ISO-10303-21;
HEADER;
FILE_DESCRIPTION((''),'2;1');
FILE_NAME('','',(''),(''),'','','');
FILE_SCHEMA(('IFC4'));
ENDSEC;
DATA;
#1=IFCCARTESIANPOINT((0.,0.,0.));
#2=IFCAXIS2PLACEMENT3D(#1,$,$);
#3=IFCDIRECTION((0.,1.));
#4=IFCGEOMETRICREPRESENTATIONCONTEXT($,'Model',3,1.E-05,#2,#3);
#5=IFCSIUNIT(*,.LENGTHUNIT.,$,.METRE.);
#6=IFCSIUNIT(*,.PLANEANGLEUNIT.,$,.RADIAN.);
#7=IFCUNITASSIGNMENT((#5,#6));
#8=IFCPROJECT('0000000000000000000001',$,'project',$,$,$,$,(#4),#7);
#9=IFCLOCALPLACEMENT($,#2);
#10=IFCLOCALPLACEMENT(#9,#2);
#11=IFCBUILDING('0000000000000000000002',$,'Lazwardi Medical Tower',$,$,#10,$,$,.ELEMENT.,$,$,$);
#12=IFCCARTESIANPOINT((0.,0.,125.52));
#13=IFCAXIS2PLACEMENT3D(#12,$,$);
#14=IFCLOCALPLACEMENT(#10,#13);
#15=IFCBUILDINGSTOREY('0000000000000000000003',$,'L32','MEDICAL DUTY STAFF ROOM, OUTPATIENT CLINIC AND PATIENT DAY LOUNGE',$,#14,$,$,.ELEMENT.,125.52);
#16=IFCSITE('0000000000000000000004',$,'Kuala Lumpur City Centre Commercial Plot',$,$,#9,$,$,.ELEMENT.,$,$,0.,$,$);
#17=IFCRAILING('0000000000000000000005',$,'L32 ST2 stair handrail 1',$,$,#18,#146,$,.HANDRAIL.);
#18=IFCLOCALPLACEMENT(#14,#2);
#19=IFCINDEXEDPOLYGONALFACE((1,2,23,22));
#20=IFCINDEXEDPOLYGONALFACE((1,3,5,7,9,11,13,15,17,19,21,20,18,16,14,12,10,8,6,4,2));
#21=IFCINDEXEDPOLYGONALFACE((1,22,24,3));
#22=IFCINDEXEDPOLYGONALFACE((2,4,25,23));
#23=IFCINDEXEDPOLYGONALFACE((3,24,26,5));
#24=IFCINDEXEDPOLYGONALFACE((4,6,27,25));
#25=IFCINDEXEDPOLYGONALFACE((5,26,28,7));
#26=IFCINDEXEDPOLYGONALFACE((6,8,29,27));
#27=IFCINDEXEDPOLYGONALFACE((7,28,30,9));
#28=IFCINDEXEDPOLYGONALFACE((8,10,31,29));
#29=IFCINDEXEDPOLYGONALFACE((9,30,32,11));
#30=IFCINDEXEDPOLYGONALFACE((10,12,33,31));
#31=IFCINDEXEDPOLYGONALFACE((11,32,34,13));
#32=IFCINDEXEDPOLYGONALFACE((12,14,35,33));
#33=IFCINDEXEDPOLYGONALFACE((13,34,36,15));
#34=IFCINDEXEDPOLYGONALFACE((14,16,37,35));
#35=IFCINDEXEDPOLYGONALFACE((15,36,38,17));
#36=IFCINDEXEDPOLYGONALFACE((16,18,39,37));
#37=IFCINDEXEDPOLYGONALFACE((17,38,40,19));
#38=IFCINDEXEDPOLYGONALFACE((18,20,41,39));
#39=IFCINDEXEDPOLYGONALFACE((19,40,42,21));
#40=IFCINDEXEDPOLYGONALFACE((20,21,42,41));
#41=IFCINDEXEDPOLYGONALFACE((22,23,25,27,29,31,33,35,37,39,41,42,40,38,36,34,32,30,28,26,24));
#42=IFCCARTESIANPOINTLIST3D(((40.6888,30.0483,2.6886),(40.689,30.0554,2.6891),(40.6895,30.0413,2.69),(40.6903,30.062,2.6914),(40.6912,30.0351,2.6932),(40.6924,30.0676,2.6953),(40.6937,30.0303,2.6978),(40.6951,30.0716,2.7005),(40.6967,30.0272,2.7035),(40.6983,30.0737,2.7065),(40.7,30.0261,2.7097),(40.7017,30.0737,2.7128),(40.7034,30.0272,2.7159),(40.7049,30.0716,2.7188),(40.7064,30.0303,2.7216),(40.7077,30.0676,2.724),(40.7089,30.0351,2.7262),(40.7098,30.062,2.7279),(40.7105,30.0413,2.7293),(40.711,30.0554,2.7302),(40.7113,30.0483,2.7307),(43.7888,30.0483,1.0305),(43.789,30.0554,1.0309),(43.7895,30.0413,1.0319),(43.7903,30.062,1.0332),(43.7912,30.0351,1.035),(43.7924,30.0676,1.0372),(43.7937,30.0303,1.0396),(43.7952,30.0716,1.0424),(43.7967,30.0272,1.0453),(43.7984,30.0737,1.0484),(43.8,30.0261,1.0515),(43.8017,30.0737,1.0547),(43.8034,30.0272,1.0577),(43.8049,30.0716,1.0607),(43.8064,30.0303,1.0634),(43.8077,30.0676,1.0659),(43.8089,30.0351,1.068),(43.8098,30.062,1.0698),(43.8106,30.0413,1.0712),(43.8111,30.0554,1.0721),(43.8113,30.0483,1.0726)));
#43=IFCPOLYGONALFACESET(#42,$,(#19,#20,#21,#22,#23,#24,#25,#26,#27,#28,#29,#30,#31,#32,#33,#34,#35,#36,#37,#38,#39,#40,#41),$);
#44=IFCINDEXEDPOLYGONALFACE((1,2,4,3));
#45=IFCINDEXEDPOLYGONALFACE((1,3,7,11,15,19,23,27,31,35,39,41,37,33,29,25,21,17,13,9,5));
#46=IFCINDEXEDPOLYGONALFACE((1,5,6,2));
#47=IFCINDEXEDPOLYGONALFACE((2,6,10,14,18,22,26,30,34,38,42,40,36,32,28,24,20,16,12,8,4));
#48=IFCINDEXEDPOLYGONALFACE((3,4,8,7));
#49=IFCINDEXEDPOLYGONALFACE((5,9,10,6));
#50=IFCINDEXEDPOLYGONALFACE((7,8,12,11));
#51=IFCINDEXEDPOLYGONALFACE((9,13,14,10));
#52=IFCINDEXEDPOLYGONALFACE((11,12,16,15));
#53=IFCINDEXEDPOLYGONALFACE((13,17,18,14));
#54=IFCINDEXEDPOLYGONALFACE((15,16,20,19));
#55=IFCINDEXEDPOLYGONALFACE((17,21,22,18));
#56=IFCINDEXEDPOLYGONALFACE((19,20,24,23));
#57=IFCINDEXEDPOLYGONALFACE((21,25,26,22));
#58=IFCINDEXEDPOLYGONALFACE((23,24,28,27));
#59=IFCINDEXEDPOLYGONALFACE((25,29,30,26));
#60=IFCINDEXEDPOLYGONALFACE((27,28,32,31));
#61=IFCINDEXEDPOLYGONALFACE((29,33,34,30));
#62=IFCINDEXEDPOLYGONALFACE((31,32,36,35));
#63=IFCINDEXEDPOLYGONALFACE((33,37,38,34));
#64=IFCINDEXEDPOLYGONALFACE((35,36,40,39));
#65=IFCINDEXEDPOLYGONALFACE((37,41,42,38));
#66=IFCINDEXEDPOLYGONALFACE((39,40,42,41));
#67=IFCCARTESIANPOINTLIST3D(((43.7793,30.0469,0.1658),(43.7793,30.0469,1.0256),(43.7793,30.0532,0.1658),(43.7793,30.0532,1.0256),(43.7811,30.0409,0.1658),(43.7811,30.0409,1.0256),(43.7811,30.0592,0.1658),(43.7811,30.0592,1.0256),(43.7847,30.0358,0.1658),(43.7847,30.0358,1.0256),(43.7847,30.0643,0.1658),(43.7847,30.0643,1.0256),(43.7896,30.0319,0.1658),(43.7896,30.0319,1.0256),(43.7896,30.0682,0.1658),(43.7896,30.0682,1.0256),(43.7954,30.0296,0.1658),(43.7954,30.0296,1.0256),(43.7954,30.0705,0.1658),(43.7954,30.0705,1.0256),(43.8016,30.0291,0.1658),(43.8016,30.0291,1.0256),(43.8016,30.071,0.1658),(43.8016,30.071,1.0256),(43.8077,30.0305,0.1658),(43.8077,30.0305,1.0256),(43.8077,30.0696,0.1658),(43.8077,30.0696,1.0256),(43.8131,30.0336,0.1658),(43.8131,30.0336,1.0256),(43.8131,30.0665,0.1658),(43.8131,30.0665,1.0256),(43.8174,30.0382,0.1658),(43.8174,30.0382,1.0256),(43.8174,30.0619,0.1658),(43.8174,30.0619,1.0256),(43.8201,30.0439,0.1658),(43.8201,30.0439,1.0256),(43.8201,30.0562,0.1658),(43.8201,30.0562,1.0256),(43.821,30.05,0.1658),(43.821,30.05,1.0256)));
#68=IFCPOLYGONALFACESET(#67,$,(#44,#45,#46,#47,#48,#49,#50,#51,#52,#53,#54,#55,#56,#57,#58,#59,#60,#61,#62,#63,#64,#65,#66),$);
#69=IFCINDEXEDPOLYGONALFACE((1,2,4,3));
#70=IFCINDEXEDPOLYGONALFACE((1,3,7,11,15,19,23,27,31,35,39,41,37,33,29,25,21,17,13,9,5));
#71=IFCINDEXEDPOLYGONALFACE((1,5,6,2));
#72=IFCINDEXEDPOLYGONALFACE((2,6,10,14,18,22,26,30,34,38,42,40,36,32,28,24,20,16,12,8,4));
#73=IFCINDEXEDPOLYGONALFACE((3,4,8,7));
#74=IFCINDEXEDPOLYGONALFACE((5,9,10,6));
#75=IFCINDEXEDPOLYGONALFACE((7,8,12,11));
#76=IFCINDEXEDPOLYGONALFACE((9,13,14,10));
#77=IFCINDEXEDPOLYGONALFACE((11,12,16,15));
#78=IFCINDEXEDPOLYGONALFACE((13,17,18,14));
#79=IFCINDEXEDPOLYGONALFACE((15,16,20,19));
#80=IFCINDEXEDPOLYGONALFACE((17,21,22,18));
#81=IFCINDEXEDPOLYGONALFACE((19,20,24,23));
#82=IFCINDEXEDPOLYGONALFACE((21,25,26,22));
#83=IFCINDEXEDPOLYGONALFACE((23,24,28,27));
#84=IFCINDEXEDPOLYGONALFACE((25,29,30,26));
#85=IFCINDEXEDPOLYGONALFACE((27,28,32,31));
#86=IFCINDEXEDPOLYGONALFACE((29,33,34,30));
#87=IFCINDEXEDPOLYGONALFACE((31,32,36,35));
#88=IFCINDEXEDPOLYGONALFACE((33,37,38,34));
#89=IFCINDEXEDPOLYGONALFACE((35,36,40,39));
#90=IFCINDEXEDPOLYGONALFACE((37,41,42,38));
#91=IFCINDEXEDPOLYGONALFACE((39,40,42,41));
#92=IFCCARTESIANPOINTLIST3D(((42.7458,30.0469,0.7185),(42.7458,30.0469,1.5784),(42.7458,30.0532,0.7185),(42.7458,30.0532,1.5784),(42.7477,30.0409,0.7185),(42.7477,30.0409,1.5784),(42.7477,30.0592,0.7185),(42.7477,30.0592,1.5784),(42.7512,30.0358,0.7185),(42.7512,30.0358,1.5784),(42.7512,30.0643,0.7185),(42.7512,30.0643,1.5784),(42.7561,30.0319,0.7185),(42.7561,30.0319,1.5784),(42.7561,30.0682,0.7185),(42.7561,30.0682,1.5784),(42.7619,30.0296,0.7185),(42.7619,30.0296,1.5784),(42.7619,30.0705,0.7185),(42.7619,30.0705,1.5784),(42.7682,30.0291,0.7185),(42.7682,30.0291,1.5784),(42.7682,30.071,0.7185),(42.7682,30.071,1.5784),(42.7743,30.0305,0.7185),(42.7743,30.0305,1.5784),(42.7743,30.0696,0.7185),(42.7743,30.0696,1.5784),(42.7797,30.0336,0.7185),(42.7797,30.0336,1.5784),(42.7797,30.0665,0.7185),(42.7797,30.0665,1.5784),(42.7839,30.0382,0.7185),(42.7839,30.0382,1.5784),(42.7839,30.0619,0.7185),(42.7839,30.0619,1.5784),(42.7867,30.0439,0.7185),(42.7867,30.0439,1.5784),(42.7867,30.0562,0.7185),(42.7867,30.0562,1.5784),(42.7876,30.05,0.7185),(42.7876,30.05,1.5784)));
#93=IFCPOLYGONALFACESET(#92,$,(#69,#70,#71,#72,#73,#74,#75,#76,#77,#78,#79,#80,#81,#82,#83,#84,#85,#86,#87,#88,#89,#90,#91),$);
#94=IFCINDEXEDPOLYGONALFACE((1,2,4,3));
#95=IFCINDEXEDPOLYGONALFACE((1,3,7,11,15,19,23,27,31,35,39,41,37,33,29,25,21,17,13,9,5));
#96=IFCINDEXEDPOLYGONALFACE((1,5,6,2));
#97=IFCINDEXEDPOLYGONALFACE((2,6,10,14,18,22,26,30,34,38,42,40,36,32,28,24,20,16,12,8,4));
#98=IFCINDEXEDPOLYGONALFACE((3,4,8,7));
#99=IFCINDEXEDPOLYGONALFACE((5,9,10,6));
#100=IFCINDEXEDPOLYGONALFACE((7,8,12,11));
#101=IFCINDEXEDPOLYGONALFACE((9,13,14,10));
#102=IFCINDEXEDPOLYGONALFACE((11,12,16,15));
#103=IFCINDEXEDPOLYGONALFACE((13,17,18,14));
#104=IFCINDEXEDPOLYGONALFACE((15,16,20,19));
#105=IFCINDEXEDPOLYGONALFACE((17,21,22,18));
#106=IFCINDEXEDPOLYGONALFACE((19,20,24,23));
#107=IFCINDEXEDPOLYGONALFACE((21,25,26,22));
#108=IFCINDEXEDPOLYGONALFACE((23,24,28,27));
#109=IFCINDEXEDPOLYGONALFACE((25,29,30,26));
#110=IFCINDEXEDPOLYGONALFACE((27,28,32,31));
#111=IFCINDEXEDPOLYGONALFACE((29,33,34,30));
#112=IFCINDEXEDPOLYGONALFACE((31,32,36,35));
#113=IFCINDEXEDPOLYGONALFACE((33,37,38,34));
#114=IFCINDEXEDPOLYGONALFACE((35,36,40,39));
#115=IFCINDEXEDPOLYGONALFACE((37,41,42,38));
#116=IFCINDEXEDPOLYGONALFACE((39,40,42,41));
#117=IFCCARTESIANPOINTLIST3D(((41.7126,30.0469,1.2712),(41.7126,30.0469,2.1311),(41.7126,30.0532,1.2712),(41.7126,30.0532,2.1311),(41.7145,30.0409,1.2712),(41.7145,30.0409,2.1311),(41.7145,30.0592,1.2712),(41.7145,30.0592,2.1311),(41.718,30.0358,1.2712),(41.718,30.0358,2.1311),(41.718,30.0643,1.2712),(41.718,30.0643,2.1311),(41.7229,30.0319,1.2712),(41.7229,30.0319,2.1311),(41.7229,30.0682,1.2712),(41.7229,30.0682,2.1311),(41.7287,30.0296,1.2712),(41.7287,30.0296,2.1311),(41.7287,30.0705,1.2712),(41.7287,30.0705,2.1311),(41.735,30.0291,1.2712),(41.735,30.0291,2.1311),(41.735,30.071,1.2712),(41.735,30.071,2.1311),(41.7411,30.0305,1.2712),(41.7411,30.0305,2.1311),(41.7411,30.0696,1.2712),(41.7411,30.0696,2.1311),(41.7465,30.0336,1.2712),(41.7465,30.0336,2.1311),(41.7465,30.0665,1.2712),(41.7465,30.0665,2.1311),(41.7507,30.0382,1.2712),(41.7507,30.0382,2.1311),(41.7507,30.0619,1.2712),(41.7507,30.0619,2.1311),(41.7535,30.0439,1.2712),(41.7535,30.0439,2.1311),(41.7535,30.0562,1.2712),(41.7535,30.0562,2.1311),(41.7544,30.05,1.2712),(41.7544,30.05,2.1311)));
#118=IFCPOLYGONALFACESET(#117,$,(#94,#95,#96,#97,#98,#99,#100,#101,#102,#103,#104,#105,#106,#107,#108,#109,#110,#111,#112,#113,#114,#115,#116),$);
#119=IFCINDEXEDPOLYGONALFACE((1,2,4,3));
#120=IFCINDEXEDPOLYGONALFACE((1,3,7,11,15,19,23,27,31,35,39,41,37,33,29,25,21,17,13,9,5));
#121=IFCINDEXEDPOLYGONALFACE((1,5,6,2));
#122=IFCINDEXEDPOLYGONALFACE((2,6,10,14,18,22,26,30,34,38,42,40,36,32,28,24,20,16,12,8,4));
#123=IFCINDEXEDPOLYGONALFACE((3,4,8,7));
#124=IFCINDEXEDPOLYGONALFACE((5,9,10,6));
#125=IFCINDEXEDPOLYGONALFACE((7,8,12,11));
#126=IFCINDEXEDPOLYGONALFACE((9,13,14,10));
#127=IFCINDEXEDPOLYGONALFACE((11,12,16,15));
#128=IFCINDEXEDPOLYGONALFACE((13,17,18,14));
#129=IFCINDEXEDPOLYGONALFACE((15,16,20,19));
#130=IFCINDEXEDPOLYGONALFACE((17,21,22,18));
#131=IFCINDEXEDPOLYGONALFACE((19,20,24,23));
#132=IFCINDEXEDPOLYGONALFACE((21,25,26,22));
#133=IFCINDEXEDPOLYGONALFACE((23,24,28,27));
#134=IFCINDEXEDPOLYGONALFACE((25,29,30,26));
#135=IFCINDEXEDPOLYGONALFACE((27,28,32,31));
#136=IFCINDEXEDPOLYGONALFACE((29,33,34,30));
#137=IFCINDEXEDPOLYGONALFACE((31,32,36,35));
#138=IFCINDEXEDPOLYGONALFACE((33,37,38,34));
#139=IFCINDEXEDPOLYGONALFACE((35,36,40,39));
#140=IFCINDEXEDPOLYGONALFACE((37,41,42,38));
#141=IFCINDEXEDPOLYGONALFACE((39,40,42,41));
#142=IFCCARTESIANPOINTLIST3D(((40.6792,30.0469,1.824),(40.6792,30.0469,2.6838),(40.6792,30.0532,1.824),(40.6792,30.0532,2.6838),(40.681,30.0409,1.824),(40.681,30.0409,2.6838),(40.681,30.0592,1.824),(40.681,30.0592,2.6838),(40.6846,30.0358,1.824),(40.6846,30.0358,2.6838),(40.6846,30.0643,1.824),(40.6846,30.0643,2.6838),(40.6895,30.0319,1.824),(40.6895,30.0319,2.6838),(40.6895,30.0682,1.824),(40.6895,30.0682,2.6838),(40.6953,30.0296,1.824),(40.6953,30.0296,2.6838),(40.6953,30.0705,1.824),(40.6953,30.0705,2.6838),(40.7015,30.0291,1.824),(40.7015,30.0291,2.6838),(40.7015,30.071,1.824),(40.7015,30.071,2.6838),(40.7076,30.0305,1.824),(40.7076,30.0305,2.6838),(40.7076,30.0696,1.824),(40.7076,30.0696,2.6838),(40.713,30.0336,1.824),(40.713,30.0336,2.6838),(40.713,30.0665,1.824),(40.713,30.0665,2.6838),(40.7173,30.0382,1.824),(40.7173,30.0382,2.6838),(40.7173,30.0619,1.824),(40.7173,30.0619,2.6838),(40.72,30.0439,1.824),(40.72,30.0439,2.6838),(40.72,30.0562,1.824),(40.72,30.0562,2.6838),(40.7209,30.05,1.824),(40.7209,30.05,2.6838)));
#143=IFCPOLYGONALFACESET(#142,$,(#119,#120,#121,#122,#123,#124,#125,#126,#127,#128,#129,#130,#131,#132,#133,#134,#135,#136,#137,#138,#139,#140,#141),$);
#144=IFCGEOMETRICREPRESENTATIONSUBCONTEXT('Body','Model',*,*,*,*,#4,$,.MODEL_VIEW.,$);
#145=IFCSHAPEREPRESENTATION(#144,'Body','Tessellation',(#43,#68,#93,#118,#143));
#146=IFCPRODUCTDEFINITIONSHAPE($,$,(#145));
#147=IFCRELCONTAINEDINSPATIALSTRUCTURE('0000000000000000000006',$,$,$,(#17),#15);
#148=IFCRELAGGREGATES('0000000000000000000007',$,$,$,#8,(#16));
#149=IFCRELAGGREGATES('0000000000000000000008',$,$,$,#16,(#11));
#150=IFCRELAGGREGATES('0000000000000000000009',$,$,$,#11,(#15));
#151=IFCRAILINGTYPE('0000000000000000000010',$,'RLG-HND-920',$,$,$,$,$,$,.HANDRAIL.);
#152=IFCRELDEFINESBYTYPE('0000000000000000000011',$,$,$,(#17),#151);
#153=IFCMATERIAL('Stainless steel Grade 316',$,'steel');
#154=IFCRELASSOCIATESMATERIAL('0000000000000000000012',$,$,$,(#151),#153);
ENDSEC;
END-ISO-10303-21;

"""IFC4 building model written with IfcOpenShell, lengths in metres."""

from ifc_helpers import new_model, si_unit, direction, frame, origin, origin_2d, place, context, subcontext, project, spatial, circle, extrude, material, type_object, element, save


model = new_model("IFC4")

# Units and contexts
model_context = context("Model", 3, precision=1e-05, world=origin(), true_north=direction((0.0, 1.0)))
body_context = subcontext(model_context, "Body", "Model", "MODEL_VIEW")
ifc_project = project(units=[si_unit("LENGTHUNIT", "METRE"), si_unit("PLANEANGLEUNIT", "RADIAN")], contexts=[model_context])

# Site, building, storey
site_placement = place(None, origin())
site = spatial("IfcSite", under=ifc_project, at=site_placement, Name="Kuala Lumpur City Centre Commercial Plot", CompositionType="ELEMENT", RefElevation=0.0)
building_placement = place(site_placement, origin())
building = spatial("IfcBuilding", under=site, at=building_placement, Name="Lazwardi Medical Tower", CompositionType="ELEMENT")
storey_placement = place(building_placement, frame((0.0, 0.0, 125.52)))
storey = spatial("IfcBuildingStorey", under=building, at=storey_placement, Name="L32", Description="MEDICAL DUTY STAFF ROOM, OUTPATIENT CLINIC AND PATIENT DAY LOUNGE", CompositionType="ELEMENT", Elevation=125.52)

# Railing
ifc_material_1 = material(Name="Stainless steel Grade 316", Category="steel")
railing_type_1 = type_object("IfcRailingType", Name="RLG-HND-920", PredefinedType="HANDRAIL", material=ifc_material_1)
railing_1_placement = place(storey_placement, frame((43.8, 30.05, 0.1658)))
element("IfcRailing", 1, at=railing_1_placement, inside=storey, type_object=railing_type_1, Name="L32 ST2 stair handrail 1", PredefinedType="HANDRAIL", context=body_context, shape_type="SweptSolid", body=[
    extrude(circle(Radius=0.0239, at=origin_2d()), frame((0.0, 0.0, 0.8857), z_axis=(-0.881783, 0.0, 0.471655), x_axis=(0.0, -1.0, 0.0)), (0.0, 0.0, 1.0), 3.5156),
    extrude(circle(Radius=0.021, at=origin_2d()), origin(), (0.0, 0.0, 1.0), 0.8599),
    extrude(circle(Radius=0.021, at=origin_2d()), frame((-1.0334, 0.0, 0.5527)), (0.0, 0.0, 1.0), 0.8599),
    extrude(circle(Radius=0.021, at=origin_2d()), frame((-2.0667, 0.0, 1.1055)), (0.0, 0.0, 1.0), 0.8599),
    extrude(circle(Radius=0.021, at=origin_2d()), frame((-3.1001, 0.0, 1.6582)), (0.0, 0.0, 1.0), 0.8599),
])

save(model, "model.ifc")
